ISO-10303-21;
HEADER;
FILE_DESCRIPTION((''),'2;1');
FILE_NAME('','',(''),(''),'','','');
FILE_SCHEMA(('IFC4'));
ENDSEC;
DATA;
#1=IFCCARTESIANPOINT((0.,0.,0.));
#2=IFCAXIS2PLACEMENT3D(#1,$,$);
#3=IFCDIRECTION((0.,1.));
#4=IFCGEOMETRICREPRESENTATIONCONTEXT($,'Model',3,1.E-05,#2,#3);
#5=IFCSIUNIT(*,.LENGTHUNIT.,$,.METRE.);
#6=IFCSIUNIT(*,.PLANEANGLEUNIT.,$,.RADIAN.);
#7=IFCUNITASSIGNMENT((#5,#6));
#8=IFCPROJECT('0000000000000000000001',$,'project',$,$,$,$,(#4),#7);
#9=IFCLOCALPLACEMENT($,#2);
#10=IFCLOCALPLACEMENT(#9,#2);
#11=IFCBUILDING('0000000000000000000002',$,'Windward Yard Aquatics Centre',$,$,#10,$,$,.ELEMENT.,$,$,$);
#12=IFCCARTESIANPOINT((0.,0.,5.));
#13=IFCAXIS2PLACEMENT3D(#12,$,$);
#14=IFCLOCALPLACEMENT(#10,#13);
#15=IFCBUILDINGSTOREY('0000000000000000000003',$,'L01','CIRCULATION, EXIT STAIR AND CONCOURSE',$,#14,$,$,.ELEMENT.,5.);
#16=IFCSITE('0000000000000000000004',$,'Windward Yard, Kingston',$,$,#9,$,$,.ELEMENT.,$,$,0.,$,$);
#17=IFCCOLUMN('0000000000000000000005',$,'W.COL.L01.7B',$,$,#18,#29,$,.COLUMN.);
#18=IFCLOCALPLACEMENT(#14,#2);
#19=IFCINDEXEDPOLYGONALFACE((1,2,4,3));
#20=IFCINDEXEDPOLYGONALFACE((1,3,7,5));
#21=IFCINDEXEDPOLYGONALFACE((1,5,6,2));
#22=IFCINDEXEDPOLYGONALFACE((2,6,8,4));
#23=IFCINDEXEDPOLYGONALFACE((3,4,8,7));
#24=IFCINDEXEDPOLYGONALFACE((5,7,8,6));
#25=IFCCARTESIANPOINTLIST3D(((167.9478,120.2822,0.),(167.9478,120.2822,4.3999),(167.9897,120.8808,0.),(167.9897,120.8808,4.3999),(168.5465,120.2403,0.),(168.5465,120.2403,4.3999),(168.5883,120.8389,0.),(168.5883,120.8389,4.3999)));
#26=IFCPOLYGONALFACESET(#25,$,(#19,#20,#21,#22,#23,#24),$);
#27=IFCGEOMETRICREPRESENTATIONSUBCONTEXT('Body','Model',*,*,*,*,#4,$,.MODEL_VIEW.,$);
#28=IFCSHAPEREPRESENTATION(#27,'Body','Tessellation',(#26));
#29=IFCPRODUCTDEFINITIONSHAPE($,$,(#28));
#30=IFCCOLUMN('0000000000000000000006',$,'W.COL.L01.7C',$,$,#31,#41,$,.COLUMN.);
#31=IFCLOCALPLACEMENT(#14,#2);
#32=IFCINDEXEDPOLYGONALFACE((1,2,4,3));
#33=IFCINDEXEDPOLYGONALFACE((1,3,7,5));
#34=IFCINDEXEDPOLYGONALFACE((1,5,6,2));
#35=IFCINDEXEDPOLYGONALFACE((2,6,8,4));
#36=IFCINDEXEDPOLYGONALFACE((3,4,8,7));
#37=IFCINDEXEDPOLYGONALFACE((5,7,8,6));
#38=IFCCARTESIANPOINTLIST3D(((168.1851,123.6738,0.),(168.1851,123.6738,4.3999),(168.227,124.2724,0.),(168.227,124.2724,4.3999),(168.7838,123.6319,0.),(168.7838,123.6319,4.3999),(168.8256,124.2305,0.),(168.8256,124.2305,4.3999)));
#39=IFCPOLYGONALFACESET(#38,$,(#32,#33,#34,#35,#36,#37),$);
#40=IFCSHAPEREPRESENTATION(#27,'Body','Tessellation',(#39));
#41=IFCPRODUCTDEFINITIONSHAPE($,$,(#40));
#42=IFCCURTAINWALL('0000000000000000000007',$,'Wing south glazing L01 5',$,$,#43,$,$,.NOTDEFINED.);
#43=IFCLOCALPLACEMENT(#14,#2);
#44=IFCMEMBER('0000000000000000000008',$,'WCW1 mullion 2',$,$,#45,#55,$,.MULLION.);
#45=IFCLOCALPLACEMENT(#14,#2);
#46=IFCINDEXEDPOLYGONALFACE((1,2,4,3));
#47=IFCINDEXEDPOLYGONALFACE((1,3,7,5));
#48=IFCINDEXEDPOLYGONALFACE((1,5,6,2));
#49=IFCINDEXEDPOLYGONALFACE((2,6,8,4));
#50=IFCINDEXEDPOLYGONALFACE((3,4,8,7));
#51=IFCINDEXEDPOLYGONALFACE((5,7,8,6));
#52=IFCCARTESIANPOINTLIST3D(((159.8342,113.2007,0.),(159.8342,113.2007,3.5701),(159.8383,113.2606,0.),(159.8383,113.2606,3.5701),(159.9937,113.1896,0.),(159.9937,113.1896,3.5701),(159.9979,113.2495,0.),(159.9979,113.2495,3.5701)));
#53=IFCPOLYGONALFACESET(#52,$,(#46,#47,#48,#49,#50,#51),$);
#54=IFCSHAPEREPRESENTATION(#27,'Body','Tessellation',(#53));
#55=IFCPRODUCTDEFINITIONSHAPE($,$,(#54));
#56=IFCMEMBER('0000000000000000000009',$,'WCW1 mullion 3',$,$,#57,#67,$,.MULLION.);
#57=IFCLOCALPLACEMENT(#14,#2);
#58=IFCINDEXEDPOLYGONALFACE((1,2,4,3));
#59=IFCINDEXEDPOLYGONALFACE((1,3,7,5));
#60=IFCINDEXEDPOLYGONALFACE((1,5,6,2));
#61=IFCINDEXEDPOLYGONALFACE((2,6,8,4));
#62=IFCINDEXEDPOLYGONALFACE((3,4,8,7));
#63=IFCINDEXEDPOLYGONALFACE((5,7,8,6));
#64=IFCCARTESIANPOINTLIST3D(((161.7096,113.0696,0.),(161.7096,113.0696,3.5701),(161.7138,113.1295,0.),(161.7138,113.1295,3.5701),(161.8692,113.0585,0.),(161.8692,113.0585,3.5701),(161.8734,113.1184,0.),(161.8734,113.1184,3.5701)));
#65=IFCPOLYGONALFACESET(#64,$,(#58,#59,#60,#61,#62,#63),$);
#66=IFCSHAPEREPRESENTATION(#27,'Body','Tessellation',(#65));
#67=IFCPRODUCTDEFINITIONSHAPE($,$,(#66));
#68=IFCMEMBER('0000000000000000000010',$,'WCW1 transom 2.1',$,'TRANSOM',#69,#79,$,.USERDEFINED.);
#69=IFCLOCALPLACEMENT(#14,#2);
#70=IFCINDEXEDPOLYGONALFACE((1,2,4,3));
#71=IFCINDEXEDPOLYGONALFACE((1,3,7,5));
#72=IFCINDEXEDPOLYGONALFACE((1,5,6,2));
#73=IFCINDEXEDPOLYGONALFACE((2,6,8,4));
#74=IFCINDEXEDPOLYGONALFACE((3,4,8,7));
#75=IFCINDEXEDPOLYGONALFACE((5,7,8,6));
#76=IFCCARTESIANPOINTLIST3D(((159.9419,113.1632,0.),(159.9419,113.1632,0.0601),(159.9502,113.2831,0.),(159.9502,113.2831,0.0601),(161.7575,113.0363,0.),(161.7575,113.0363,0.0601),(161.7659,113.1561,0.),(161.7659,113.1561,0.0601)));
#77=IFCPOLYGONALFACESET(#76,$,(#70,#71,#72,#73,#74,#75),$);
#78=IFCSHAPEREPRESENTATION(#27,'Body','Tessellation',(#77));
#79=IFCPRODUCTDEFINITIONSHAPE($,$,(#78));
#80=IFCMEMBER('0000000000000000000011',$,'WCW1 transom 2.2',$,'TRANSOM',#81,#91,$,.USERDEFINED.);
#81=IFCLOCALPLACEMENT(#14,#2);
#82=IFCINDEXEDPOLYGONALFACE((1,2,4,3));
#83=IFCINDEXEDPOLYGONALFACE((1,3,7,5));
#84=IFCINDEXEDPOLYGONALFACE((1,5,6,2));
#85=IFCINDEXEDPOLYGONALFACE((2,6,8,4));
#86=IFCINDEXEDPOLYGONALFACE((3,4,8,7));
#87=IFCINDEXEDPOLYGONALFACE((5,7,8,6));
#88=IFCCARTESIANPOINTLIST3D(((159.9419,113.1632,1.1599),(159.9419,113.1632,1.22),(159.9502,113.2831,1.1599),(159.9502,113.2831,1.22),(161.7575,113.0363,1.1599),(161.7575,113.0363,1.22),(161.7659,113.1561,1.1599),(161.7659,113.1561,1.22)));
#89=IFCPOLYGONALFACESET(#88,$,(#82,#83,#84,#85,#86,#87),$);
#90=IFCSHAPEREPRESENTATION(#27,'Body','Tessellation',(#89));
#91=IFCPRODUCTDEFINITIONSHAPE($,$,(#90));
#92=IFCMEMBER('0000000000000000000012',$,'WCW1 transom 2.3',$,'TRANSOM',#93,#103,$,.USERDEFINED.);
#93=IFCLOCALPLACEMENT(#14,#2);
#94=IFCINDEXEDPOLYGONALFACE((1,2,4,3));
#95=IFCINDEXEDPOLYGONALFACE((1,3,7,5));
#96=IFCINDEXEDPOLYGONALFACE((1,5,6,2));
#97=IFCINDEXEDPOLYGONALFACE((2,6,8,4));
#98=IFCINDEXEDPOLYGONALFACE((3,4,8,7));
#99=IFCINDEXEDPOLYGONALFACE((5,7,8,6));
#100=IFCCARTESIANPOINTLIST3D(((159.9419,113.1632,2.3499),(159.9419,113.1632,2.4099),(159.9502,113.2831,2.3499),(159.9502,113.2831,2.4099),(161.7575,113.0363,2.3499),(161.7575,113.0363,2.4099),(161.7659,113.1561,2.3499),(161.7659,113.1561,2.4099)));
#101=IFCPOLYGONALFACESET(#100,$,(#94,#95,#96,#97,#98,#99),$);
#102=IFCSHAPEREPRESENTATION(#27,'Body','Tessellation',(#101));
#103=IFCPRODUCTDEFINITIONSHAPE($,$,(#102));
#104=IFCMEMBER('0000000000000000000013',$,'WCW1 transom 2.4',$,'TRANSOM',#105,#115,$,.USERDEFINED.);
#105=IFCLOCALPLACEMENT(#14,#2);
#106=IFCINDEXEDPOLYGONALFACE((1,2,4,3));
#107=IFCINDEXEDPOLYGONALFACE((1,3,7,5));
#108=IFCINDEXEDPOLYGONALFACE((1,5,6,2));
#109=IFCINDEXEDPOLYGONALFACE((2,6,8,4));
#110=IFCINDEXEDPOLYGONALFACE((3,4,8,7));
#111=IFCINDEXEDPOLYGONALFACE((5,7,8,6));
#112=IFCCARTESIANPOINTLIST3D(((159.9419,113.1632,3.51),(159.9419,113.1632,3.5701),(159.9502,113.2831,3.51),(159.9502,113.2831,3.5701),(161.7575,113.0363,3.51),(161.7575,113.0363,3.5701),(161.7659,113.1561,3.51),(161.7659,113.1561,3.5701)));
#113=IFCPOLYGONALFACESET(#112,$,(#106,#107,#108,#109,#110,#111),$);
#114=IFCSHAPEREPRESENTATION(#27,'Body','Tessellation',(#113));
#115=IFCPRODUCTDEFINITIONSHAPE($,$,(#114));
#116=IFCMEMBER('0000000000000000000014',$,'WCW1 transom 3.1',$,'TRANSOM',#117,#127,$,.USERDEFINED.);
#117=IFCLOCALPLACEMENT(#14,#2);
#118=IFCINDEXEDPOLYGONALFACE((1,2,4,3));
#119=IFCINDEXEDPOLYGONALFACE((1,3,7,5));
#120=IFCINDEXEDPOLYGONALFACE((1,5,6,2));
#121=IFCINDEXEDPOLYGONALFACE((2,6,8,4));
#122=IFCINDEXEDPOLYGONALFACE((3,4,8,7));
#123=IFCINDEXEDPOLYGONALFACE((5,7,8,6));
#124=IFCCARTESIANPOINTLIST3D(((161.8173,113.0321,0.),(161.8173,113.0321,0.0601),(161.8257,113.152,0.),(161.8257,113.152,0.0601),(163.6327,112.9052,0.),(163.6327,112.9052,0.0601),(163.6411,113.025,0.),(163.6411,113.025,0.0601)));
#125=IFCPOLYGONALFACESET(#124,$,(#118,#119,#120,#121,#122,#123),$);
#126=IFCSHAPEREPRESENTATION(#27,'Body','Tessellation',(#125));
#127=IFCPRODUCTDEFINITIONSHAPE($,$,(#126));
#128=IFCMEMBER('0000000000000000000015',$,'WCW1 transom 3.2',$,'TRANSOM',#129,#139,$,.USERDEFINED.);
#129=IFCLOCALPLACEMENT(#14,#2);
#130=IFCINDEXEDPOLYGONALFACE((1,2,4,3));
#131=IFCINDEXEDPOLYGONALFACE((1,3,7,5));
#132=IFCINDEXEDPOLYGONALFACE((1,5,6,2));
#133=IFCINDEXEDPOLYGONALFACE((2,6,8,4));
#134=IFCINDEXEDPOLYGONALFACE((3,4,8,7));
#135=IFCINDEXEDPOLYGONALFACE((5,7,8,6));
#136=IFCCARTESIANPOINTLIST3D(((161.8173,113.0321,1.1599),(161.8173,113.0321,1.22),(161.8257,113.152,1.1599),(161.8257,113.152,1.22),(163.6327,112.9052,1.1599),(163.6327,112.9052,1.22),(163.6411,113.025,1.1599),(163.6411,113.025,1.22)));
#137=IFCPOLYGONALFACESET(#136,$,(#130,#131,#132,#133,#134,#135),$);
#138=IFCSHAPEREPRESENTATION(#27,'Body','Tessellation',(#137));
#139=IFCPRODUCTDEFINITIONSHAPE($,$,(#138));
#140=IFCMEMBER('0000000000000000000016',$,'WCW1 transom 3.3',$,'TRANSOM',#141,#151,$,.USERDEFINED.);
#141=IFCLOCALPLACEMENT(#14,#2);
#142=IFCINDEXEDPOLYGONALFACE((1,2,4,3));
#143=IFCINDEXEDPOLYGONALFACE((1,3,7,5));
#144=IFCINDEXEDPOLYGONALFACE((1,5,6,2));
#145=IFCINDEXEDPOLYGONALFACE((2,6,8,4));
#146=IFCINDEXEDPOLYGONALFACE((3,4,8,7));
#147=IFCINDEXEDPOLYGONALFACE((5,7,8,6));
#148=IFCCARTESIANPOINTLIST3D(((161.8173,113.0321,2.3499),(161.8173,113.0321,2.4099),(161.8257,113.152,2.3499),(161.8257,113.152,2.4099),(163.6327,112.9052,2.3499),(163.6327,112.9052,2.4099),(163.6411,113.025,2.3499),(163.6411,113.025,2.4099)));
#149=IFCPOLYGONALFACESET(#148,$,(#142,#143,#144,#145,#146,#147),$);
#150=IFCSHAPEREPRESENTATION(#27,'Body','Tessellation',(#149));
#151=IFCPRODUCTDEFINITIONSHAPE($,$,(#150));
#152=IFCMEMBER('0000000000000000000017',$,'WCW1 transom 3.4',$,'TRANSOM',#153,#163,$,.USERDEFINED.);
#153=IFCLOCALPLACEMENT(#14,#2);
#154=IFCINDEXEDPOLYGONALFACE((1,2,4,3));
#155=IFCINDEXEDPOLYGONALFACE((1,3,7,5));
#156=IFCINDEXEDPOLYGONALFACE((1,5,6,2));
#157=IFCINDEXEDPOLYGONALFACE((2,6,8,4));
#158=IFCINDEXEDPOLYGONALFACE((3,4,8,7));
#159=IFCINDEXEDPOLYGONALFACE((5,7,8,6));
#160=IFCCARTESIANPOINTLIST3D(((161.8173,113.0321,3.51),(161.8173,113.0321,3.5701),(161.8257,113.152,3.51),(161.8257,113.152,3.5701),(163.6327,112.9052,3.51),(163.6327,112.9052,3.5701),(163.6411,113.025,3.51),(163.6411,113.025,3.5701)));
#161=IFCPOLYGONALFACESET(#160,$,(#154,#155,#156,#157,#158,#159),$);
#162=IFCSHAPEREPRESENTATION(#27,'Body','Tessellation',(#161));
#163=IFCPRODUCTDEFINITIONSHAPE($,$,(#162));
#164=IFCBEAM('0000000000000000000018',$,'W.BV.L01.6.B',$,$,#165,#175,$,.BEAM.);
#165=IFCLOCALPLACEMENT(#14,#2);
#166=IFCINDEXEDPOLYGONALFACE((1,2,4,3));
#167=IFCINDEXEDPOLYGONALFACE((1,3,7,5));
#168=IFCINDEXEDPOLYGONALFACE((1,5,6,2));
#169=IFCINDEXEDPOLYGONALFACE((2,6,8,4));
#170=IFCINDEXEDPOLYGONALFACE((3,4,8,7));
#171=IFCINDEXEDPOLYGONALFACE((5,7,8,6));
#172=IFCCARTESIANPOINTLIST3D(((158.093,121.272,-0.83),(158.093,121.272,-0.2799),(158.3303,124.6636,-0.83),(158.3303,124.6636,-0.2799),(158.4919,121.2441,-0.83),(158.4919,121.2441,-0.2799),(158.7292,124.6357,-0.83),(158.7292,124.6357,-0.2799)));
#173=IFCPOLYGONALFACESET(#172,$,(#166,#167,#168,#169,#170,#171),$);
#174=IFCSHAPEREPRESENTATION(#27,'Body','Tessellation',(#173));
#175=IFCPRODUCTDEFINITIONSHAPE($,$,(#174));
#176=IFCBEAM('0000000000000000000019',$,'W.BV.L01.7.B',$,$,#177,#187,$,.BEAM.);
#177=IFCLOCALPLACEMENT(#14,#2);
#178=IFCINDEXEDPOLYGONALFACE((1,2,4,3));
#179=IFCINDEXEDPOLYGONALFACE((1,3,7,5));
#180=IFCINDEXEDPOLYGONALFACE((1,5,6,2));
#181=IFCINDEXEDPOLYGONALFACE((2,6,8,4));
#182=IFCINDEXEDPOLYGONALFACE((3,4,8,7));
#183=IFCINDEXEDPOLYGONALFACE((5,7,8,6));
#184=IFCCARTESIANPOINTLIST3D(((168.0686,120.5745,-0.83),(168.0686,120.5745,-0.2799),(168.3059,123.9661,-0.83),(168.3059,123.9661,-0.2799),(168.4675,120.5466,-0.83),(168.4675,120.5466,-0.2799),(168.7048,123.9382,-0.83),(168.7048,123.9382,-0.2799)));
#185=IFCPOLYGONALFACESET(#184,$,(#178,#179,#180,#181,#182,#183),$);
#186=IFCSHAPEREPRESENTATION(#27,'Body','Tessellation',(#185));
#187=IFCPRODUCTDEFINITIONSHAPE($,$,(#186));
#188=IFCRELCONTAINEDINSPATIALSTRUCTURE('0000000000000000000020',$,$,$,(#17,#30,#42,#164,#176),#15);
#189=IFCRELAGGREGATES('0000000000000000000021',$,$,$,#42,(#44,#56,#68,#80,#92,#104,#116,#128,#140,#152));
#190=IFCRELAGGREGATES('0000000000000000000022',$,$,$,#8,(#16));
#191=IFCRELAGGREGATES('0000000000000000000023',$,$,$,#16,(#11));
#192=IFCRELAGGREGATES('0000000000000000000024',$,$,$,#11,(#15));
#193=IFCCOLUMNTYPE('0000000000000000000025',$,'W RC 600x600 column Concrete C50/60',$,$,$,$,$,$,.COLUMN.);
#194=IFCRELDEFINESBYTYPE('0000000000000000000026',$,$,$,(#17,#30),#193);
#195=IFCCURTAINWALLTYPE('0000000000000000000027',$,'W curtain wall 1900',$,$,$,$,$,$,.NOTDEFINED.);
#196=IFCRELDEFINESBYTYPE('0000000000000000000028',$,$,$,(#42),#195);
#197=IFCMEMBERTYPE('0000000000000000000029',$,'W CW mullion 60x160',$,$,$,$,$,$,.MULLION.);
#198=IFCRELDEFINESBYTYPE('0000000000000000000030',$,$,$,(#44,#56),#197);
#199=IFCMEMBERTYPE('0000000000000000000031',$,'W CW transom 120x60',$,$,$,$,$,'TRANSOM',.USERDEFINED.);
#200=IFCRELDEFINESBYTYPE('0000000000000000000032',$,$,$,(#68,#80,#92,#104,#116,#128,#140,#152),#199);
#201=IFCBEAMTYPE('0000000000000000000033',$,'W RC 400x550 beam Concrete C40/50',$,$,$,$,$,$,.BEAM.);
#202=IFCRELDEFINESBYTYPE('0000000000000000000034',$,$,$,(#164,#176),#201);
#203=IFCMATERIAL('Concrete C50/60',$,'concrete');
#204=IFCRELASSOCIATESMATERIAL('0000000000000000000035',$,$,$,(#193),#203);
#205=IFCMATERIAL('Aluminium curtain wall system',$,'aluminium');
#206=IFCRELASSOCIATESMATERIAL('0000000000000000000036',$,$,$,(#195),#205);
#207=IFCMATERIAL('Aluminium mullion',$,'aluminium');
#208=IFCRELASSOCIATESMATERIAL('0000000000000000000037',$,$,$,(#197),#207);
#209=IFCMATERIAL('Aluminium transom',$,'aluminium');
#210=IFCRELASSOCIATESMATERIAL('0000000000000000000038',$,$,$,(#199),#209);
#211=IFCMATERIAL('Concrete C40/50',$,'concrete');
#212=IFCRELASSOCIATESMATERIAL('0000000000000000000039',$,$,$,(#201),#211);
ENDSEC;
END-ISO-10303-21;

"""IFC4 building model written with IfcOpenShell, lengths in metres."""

from ifc_helpers import new_model, si_unit, direction, frame, origin, origin_2d, place, context, subcontext, project, spatial, rectangle, extrude, material, material_profile, profile_set, type_object, element, aggregate, save


model = new_model("IFC4")

# Units and contexts
model_context = context("Model", 3, precision=1e-05, world=origin(), true_north=direction((0.0, 1.0)))
body_context = subcontext(model_context, "Body", "Model", "MODEL_VIEW")
ifc_project = project(units=[si_unit("LENGTHUNIT", "METRE"), si_unit("PLANEANGLEUNIT", "RADIAN")], contexts=[model_context])

# Site, building, storey
site_placement = place(None, origin())
site = spatial("IfcSite", under=ifc_project, at=site_placement, Name="Windward Yard, Kingston", CompositionType="ELEMENT", RefElevation=0.0)
building_placement = place(site_placement, origin())
building = spatial("IfcBuilding", under=site, at=building_placement, Name="Windward Yard Aquatics Centre", CompositionType="ELEMENT")
storey_placement = place(building_placement, frame((0.0, 0.0, 5.0)))
storey = spatial("IfcBuildingStorey", under=building, at=storey_placement, Name="L01", Description="CIRCULATION, EXIT STAIR AND CONCOURSE", CompositionType="ELEMENT", Elevation=5.0)

# Columns
ifc_material_1 = material(Name="Concrete C50/60", Category="concrete")
ifc_material_profile_1 = material_profile(ifc_material_1, rectangle(XDim=0.6001, YDim=0.6001, at=origin_2d()), Name="RC 600x600")
ifc_profile_set_1 = profile_set([ifc_material_profile_1], Name="Concrete C50/60")
column_type = type_object("IfcColumnType", Name="W RC 600x600 column Concrete C50/60", PredefinedType="COLUMN", material=ifc_profile_set_1)
for number, where, z_axis, x_axis, name in (
    (1, (168.2681, 120.5605, 0.0), (0.0, 0.0, 1.0), (0.997564, -0.069756, 0.0), "W.COL.L01.7B"),
    (2, (168.5054, 123.9521, 0.0), (0.0, 0.0, 1.0), (0.997564, -0.069756, 0.0), "W.COL.L01.7C"),
):
    element("IfcColumn", number, at=place(storey_placement, frame(where, z_axis=z_axis, x_axis=x_axis)), inside=storey, type_object=column_type, Name=name, PredefinedType="COLUMN", context=body_context, shape_type="SweptSolid", body=[
        extrude(rectangle(XDim=0.6001, YDim=0.6001, at=origin_2d()), origin(), (0.0, 0.0, 1.0), 4.3999),
    ])

# Curtain wall, members
ifc_material_2 = material(Name="Aluminium curtain wall system", Category="aluminium")
curtain_wall_type = type_object("IfcCurtainWallType", Name="W curtain wall 1900", PredefinedType="NOTDEFINED", material=ifc_material_2)
curtain_wall_placement = place(storey_placement, origin())
curtain_wall = element("IfcCurtainWall", 3, at=curtain_wall_placement, inside=storey, type_object=curtain_wall_type, Name="Wing south glazing L01 5", PredefinedType="NOTDEFINED")
ifc_material_3 = material(Name="Aluminium mullion", Category="aluminium")
ifc_material_profile_2 = material_profile(ifc_material_3, rectangle(XDim=0.0601, YDim=0.1599, at=origin_2d()), Name="AL 60x160")
ifc_profile_set_2 = profile_set([ifc_material_profile_2], Name="Aluminium mullion")
member_type_1 = type_object("IfcMemberType", Name="W CW mullion 60x160", PredefinedType="MULLION", material=ifc_profile_set_2)
member_1_placement = place(storey_placement, frame((159.916, 113.2251, 0.0), z_axis=(0.0, 0.0, 1.0), x_axis=(0.069755, 0.997564, 0.0)))
member_1 = element("IfcMember", 4, at=member_1_placement, type_object=member_type_1, Name="WCW1 mullion 2", PredefinedType="MULLION", context=body_context, shape_type="SweptSolid", body=[
    extrude(rectangle(XDim=0.0601, YDim=0.1599, at=origin_2d()), origin(), (0.0, 0.0, 1.0), 3.5701),
])
member_2_placement = place(storey_placement, frame((161.7915, 113.094, 0.0), z_axis=(0.0, 0.0, 1.0), x_axis=(0.069755, 0.997564, 0.0)))
member_2 = element("IfcMember", 5, at=member_2_placement, type_object=member_type_1, Name="WCW1 mullion 3", PredefinedType="MULLION", context=body_context, shape_type="SweptSolid", body=[
    extrude(rectangle(XDim=0.0601, YDim=0.1599, at=origin_2d()), origin(), (0.0, 0.0, 1.0), 3.5701),
])
ifc_material_4 = material(Name="Aluminium transom", Category="aluminium")
ifc_material_profile_3 = material_profile(ifc_material_4, rectangle(XDim=0.1201, YDim=0.0601, at=origin_2d()), Name="AL 120x60")
ifc_profile_set_3 = profile_set([ifc_material_profile_3], Name="Aluminium transom")
member_type_2 = type_object("IfcMemberType", Name="W CW transom 120x60", ElementType="TRANSOM", PredefinedType="USERDEFINED", material=ifc_profile_set_3)
member_3_placement = place(storey_placement, frame((159.946, 113.2231, 0.03), z_axis=(0.997564, -0.06975, 0.0), x_axis=(0.06975, 0.997564, 0.0)))
member_3 = element("IfcMember", 6, at=member_3_placement, type_object=member_type_2, Name="WCW1 transom 2.1", ObjectType="TRANSOM", PredefinedType="USERDEFINED", context=body_context, shape_type="SweptSolid", body=[
    extrude(rectangle(XDim=0.1201, YDim=0.0601, at=origin_2d()), origin(), (0.0, 0.0, 1.0), 1.8201),
])
member_4_placement = place(storey_placement, frame((159.946, 113.2231, 1.1899), z_axis=(0.997564, -0.06975, 0.0), x_axis=(0.06975, 0.997564, 0.0)))
member_4 = element("IfcMember", 7, at=member_4_placement, type_object=member_type_2, Name="WCW1 transom 2.2", ObjectType="TRANSOM", PredefinedType="USERDEFINED", context=body_context, shape_type="SweptSolid", body=[
    extrude(rectangle(XDim=0.1201, YDim=0.0601, at=origin_2d()), origin(), (0.0, 0.0, 1.0), 1.8201),
])
member_5_placement = place(storey_placement, frame((159.946, 113.2231, 2.3799), z_axis=(0.997564, -0.06975, 0.0), x_axis=(0.06975, 0.997564, 0.0)))
member_5 = element("IfcMember", 8, at=member_5_placement, type_object=member_type_2, Name="WCW1 transom 2.3", ObjectType="TRANSOM", PredefinedType="USERDEFINED", context=body_context, shape_type="SweptSolid", body=[
    extrude(rectangle(XDim=0.1201, YDim=0.0601, at=origin_2d()), origin(), (0.0, 0.0, 1.0), 1.8201),
])
member_6_placement = place(storey_placement, frame((159.946, 113.2231, 3.54), z_axis=(0.997564, -0.06975, 0.0), x_axis=(0.06975, 0.997564, 0.0)))
member_6 = element("IfcMember", 9, at=member_6_placement, type_object=member_type_2, Name="WCW1 transom 2.4", ObjectType="TRANSOM", PredefinedType="USERDEFINED", context=body_context, shape_type="SweptSolid", body=[
    extrude(rectangle(XDim=0.1201, YDim=0.0601, at=origin_2d()), origin(), (0.0, 0.0, 1.0), 1.8201),
])
member_7_placement = place(storey_placement, frame((161.8215, 113.092, 0.03), z_axis=(0.997564, -0.06976, 0.0), x_axis=(0.06976, 0.997564, 0.0)))
member_7 = element("IfcMember", 10, at=member_7_placement, type_object=member_type_2, Name="WCW1 transom 3.1", ObjectType="TRANSOM", PredefinedType="USERDEFINED", context=body_context, shape_type="SweptSolid", body=[
    extrude(rectangle(XDim=0.1201, YDim=0.0601, at=origin_2d()), origin(), (0.0, 0.0, 1.0), 1.8198),
])
member_8_placement = place(storey_placement, frame((161.8215, 113.092, 1.1899), z_axis=(0.997564, -0.06976, 0.0), x_axis=(0.06976, 0.997564, 0.0)))
member_8 = element("IfcMember", 11, at=member_8_placement, type_object=member_type_2, Name="WCW1 transom 3.2", ObjectType="TRANSOM", PredefinedType="USERDEFINED", context=body_context, shape_type="SweptSolid", body=[
    extrude(rectangle(XDim=0.1201, YDim=0.0601, at=origin_2d()), origin(), (0.0, 0.0, 1.0), 1.8198),
])
member_9_placement = place(storey_placement, frame((161.8215, 113.092, 2.3799), z_axis=(0.997564, -0.06976, 0.0), x_axis=(0.06976, 0.997564, 0.0)))
member_9 = element("IfcMember", 12, at=member_9_placement, type_object=member_type_2, Name="WCW1 transom 3.3", ObjectType="TRANSOM", PredefinedType="USERDEFINED", context=body_context, shape_type="SweptSolid", body=[
    extrude(rectangle(XDim=0.1201, YDim=0.0601, at=origin_2d()), origin(), (0.0, 0.0, 1.0), 1.8198),
])
member_10_placement = place(storey_placement, frame((161.8215, 113.092, 3.54), z_axis=(0.997564, -0.06976, 0.0), x_axis=(0.06976, 0.997564, 0.0)))
member_10 = element("IfcMember", 13, at=member_10_placement, type_object=member_type_2, Name="WCW1 transom 3.4", ObjectType="TRANSOM", PredefinedType="USERDEFINED", context=body_context, shape_type="SweptSolid", body=[
    extrude(rectangle(XDim=0.1201, YDim=0.0601, at=origin_2d()), origin(), (0.0, 0.0, 1.0), 1.8198),
])

# Beams
ifc_material_5 = material(Name="Concrete C40/50", Category="concrete")
ifc_material_profile_4 = material_profile(ifc_material_5, rectangle(XDim=0.3999, YDim=0.55, at=origin_2d()), Name="RC 400x550")
ifc_profile_set_4 = profile_set([ifc_material_profile_4], Name="Concrete C40/50")
beam_type = type_object("IfcBeamType", Name="W RC 400x550 beam Concrete C40/50", PredefinedType="BEAM", material=ifc_profile_set_4)
for number, where, z_axis, x_axis, name in (
    (14, (158.2925, 121.2581, -0.5549), (0.069798, 0.997561, 0.0), (-0.997561, 0.069798, 0.0), "W.BV.L01.6.B"),
    (15, (168.2681, 120.5605, -0.5549), (0.069798, 0.997561, 0.0), (-0.997561, 0.069798, 0.0), "W.BV.L01.7.B"),
):
    element("IfcBeam", number, at=place(storey_placement, frame(where, z_axis=z_axis, x_axis=x_axis)), inside=storey, type_object=beam_type, Name=name, PredefinedType="BEAM", context=body_context, shape_type="SweptSolid", body=[
        extrude(rectangle(XDim=0.3999, YDim=0.55, at=origin_2d()), origin(), (0.0, 0.0, 1.0), 3.3999),
    ])

aggregate(curtain_wall, [member_1, member_2, member_3, member_4, member_5, member_6, member_7, member_8, member_9, member_10])

save(model, "model.ifc")
